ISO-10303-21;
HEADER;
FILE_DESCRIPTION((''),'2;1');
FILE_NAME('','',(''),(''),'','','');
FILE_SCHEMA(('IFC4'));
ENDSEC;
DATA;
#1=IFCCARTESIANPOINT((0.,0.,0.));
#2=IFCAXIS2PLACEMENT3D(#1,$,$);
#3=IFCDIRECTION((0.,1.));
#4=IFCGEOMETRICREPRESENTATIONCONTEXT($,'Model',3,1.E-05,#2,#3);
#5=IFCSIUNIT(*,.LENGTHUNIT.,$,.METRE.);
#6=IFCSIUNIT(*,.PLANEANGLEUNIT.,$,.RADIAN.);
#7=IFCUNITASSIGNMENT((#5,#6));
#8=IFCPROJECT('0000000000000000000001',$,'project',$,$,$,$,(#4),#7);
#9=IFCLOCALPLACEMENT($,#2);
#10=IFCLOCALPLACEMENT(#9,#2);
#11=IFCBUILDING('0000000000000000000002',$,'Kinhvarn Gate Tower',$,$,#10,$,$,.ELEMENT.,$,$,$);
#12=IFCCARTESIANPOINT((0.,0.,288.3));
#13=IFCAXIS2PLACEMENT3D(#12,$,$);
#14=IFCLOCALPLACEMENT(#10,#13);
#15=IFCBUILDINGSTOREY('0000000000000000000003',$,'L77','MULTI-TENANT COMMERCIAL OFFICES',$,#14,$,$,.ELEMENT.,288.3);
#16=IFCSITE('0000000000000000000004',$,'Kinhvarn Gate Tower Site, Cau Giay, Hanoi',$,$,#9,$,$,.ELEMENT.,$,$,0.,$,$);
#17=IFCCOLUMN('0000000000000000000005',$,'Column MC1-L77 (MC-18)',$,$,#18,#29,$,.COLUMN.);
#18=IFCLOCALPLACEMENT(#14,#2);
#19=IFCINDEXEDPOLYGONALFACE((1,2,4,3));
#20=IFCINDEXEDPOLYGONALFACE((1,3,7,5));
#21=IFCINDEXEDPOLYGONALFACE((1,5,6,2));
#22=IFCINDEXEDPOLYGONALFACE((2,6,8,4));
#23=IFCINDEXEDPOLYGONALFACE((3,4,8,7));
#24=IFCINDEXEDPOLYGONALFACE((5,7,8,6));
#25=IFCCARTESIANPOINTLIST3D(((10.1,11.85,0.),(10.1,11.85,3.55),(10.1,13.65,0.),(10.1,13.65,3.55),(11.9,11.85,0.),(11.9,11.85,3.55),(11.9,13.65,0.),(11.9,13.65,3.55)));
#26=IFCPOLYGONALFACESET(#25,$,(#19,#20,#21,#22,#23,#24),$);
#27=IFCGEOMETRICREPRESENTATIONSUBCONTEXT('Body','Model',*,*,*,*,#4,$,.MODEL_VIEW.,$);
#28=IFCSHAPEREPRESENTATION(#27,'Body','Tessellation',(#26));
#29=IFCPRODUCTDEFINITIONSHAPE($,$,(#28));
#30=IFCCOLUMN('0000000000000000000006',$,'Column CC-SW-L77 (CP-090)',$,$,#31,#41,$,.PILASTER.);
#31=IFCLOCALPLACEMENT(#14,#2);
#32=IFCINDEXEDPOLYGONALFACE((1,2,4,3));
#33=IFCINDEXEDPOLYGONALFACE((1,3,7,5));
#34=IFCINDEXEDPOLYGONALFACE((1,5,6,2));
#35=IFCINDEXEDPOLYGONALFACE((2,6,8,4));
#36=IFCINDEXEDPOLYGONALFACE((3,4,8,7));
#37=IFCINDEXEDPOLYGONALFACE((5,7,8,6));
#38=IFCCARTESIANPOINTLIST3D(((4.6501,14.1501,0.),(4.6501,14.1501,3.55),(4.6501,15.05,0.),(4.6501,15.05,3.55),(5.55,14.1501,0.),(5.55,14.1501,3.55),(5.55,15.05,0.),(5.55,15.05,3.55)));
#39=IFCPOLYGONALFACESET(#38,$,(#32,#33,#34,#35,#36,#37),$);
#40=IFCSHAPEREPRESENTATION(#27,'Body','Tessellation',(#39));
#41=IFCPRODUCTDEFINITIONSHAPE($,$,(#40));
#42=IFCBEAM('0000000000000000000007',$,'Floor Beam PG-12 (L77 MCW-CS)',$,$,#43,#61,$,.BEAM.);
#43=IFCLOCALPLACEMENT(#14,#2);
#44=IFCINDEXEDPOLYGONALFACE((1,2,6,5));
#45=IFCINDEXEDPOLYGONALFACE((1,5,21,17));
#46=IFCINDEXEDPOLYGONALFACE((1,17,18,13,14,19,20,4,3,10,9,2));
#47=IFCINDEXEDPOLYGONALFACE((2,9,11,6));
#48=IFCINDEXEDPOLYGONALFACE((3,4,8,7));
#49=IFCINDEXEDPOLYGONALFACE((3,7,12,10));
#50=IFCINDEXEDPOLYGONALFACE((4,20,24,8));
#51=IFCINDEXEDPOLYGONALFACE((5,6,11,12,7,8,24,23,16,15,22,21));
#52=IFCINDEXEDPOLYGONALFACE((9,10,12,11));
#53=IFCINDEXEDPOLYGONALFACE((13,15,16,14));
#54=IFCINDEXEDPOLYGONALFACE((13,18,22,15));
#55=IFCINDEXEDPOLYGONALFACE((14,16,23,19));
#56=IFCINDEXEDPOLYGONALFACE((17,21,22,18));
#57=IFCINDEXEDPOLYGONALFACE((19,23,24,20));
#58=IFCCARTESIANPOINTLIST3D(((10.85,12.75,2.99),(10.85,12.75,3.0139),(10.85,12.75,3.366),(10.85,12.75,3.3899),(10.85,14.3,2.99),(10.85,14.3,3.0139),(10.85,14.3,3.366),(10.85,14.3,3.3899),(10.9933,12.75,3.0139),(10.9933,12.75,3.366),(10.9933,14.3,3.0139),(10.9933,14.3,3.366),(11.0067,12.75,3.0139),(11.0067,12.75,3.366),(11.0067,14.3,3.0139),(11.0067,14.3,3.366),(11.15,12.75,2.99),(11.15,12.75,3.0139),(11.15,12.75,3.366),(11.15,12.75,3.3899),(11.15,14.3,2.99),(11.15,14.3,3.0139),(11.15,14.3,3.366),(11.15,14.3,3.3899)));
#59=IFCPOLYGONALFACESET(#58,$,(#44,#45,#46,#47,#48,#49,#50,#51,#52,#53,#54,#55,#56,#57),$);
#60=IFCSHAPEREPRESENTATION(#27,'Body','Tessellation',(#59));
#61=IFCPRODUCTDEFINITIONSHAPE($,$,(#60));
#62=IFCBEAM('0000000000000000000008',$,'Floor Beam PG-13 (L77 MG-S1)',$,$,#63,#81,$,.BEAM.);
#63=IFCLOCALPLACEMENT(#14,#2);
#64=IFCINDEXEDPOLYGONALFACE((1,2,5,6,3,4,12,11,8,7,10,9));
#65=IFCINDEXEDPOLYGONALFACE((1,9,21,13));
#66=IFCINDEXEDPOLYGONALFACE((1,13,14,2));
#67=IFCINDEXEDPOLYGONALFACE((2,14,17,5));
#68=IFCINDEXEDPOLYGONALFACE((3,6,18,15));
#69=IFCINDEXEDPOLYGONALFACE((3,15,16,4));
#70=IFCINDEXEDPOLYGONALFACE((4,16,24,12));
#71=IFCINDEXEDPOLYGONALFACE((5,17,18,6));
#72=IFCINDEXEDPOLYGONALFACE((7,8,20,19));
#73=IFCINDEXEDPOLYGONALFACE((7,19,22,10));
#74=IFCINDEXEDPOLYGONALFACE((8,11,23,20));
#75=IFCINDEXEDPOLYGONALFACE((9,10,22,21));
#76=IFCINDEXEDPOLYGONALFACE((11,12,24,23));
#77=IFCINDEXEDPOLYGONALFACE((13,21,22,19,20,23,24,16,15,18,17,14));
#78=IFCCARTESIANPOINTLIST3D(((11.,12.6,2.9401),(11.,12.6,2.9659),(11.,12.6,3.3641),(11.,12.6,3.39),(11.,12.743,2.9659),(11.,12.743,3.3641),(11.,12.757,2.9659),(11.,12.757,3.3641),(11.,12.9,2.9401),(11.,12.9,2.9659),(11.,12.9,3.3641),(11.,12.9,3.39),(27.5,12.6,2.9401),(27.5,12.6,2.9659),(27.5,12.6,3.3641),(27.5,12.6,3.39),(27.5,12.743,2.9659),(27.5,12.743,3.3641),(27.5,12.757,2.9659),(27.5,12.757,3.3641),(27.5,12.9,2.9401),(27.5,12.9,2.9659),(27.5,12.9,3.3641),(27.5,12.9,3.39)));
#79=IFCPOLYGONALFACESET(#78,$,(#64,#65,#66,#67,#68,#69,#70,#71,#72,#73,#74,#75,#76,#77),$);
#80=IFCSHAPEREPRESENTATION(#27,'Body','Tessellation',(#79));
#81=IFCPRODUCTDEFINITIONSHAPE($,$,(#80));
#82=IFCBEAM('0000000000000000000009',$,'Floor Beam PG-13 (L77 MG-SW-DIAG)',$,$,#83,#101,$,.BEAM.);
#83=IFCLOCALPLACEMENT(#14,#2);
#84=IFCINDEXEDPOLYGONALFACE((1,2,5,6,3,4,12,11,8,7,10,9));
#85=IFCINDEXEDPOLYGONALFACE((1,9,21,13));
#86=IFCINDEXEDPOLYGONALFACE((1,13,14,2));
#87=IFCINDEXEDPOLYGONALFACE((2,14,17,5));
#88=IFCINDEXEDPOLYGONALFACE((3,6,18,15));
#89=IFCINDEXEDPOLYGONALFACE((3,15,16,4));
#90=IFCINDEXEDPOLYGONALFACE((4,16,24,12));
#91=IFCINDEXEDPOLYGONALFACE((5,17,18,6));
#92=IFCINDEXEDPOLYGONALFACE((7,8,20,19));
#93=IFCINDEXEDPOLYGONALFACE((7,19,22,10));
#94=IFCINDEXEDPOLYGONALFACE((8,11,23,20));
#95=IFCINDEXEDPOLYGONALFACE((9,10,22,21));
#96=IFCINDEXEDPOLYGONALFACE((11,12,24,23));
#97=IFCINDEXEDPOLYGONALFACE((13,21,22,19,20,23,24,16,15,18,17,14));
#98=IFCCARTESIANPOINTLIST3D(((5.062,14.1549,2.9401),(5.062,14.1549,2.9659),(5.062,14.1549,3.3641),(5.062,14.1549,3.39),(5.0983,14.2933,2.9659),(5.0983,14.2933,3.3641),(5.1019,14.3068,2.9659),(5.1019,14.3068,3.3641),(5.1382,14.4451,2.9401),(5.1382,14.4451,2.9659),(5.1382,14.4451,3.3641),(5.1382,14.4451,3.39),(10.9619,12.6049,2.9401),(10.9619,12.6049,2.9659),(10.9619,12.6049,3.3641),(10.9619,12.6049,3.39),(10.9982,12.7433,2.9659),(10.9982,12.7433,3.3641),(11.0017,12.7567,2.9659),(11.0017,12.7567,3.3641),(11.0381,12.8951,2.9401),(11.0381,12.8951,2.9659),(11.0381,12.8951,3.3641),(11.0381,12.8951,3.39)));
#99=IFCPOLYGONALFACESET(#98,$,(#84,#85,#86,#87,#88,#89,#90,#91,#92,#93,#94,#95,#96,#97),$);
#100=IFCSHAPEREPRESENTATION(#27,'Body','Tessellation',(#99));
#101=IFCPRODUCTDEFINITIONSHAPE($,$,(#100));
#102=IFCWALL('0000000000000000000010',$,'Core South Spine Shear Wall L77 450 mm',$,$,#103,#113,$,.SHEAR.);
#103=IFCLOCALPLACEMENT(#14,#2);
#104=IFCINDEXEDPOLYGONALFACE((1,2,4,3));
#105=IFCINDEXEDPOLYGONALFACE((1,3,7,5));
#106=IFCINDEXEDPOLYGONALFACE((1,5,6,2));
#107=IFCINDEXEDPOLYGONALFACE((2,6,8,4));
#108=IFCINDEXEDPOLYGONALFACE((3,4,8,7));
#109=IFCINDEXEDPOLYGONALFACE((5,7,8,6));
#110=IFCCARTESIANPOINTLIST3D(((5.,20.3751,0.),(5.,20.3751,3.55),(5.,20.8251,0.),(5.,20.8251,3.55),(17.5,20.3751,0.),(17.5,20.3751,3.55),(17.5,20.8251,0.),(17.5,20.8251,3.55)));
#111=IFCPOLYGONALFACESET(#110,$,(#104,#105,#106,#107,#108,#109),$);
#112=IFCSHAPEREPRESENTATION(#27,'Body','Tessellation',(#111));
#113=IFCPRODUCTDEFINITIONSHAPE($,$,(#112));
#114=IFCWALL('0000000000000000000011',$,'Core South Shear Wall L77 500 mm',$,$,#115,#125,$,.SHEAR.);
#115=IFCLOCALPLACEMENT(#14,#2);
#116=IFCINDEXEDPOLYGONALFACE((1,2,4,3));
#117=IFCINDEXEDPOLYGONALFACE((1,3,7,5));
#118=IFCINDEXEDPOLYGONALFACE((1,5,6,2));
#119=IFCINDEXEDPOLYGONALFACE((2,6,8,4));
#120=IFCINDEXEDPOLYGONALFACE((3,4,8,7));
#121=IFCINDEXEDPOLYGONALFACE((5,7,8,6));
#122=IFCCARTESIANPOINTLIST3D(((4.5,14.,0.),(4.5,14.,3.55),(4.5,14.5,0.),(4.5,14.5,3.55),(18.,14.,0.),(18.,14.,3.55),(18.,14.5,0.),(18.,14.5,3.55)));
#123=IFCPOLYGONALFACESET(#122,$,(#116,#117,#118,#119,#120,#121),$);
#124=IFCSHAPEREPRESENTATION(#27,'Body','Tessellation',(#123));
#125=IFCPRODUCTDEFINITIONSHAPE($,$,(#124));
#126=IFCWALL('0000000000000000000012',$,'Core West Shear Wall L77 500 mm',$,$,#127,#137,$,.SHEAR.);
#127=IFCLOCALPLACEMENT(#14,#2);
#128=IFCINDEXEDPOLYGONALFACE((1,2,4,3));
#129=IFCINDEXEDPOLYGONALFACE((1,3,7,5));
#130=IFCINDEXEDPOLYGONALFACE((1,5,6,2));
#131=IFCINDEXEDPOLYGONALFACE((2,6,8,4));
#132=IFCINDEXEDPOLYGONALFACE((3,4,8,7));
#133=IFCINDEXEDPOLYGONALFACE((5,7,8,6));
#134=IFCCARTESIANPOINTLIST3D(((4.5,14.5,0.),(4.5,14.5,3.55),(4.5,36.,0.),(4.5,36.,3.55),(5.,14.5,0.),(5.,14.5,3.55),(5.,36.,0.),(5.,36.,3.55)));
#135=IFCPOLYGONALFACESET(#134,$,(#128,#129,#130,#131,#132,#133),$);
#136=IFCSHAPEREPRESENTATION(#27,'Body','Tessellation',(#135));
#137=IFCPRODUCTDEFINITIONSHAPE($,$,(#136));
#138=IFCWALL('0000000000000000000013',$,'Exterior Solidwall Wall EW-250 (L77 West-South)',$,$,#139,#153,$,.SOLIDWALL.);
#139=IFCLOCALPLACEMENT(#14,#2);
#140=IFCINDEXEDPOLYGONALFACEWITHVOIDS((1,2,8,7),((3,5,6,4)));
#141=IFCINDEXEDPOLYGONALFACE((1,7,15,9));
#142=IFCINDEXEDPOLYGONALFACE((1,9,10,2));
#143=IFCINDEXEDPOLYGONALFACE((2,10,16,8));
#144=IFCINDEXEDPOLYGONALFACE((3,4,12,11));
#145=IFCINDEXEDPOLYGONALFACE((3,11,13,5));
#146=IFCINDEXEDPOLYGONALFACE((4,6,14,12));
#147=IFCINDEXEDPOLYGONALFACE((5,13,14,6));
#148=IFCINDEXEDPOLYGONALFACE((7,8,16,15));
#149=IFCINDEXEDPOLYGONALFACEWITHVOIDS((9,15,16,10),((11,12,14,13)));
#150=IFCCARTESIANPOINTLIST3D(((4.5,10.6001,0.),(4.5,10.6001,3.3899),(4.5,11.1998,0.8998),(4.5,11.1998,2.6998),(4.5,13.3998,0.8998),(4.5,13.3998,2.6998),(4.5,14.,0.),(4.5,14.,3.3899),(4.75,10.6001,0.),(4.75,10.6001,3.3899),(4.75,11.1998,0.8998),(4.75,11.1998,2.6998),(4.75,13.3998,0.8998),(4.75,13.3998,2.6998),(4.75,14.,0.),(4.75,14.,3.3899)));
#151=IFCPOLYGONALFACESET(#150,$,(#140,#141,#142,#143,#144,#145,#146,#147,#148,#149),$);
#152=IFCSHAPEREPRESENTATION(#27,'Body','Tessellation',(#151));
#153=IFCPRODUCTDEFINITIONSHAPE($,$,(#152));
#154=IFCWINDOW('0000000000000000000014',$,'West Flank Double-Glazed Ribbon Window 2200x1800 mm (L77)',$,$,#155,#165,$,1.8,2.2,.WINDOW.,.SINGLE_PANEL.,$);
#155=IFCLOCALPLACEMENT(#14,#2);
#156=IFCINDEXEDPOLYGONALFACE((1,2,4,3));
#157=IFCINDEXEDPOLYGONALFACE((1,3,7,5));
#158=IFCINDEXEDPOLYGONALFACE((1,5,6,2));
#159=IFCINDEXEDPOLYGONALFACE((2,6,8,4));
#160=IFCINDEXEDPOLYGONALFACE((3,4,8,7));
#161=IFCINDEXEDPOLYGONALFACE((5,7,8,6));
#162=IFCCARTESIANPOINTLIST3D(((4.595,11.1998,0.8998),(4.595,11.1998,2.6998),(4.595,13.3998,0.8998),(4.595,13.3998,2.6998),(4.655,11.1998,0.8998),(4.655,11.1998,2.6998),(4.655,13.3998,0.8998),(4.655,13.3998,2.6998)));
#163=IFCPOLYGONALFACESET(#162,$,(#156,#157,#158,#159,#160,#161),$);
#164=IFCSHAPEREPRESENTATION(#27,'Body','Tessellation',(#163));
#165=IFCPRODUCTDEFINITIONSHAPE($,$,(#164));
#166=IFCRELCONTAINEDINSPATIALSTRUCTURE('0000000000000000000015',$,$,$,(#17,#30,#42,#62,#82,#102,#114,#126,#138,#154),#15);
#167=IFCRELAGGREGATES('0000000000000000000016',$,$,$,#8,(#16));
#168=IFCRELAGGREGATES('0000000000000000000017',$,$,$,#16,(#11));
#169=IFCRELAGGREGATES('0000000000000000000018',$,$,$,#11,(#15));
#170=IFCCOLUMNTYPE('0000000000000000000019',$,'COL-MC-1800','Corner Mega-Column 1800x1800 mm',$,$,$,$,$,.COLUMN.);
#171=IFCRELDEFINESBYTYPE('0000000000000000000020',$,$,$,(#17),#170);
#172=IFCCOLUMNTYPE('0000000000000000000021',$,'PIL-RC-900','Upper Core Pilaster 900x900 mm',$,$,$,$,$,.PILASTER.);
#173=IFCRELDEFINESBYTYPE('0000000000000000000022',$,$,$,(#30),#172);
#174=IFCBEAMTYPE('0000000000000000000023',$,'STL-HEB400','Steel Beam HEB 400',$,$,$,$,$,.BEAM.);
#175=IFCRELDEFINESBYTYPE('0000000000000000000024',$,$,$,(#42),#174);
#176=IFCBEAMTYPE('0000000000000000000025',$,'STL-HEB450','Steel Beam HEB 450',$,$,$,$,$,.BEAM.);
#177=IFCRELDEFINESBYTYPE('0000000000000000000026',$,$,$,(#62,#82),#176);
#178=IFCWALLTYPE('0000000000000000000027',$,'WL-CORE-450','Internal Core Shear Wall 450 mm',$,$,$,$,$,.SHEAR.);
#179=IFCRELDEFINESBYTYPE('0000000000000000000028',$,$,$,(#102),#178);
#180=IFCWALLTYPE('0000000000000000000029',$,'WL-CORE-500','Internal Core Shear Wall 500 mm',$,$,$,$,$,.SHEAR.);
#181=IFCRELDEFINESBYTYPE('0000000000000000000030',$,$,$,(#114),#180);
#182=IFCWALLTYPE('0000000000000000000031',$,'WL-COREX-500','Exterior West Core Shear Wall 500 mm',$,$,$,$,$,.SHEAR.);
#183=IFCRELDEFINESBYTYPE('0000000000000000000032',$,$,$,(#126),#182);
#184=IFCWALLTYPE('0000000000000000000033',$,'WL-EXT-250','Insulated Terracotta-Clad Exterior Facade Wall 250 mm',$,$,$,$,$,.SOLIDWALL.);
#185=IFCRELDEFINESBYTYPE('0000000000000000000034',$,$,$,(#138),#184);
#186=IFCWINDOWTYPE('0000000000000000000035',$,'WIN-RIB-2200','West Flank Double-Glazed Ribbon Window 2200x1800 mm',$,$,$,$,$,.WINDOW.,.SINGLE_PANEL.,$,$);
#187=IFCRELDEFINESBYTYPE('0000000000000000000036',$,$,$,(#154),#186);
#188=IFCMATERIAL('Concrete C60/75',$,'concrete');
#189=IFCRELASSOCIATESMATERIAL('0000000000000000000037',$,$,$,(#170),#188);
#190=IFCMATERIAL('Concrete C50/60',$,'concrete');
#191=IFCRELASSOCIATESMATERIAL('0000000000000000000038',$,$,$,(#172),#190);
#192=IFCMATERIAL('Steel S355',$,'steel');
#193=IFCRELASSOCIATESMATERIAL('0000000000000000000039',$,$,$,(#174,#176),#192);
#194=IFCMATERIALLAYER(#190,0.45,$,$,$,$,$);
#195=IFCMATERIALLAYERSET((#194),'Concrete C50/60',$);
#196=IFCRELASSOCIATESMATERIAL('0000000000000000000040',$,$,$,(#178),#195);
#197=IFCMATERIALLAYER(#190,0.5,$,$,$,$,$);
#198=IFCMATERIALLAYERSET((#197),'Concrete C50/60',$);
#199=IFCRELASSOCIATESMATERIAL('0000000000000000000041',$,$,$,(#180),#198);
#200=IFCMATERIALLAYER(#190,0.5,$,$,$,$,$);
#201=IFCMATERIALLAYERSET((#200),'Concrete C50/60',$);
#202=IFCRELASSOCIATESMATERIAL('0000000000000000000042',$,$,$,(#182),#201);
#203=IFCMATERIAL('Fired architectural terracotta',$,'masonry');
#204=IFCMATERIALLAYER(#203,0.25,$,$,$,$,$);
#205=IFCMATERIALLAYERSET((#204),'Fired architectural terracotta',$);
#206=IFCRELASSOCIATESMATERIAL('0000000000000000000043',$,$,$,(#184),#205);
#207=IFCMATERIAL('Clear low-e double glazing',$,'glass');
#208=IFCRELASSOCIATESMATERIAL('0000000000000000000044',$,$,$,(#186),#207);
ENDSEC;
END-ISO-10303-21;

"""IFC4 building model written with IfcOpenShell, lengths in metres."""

from ifc_helpers import new_model, si_unit, direction, frame, frame_2d, origin, origin_2d, place, context, subcontext, project, spatial, rectangle, i_section, extrude, material, layer, layer_set, material_profile, profile_set, type_object, element, fill, save


model = new_model("IFC4")

# Units and contexts
model_context = context("Model", 3, precision=1e-05, world=origin(), true_north=direction((0.0, 1.0)))
body_context = subcontext(model_context, "Body", "Model", "MODEL_VIEW")
ifc_project = project(units=[si_unit("LENGTHUNIT", "METRE"), si_unit("PLANEANGLEUNIT", "RADIAN")], contexts=[model_context])

# Site, building, storey
site_placement = place(None, origin())
site = spatial("IfcSite", under=ifc_project, at=site_placement, Name="Kinhvarn Gate Tower Site, Cau Giay, Hanoi", CompositionType="ELEMENT", RefElevation=0.0)
building_placement = place(site_placement, origin())
building = spatial("IfcBuilding", under=site, at=building_placement, Name="Kinhvarn Gate Tower", CompositionType="ELEMENT")
storey_placement = place(building_placement, frame((0.0, 0.0, 288.3)))
storey = spatial("IfcBuildingStorey", under=building, at=storey_placement, Name="L77", Description="MULTI-TENANT COMMERCIAL OFFICES", CompositionType="ELEMENT", Elevation=288.3)

# Columns
ifc_material_1 = material(Name="Concrete C60/75", Category="concrete")
ifc_material_profile_1 = material_profile(ifc_material_1, rectangle(XDim=1.8, YDim=1.8, at=origin_2d()), Name="RC 1800x1800")
ifc_profile_set_1 = profile_set([ifc_material_profile_1], Name="Concrete C60/75")
column_type_1 = type_object("IfcColumnType", Name="COL-MC-1800", Description="Corner Mega-Column 1800x1800 mm", PredefinedType="COLUMN", material=ifc_profile_set_1)
column_1_placement = place(storey_placement, frame((11.0, 12.75, 0.0), z_axis=(0.0, 0.0, 1.0), x_axis=(1.0, 0.0, 0.0)))
element("IfcColumn", 1, at=column_1_placement, inside=storey, type_object=column_type_1, Name="Column MC1-L77 (MC-18)", PredefinedType="COLUMN", context=body_context, shape_type="SweptSolid", body=[
    extrude(rectangle(XDim=1.8, YDim=1.8, at=origin_2d()), origin(), (0.0, 0.0, 1.0), 3.55),
])
ifc_material_2 = material(Name="Concrete C50/60", Category="concrete")
ifc_material_profile_2 = material_profile(ifc_material_2, rectangle(XDim=0.8999, YDim=0.8999, at=origin_2d()), Name="RC 900x900")
ifc_profile_set_2 = profile_set([ifc_material_profile_2], Name="Concrete C50/60")
column_type_2 = type_object("IfcColumnType", Name="PIL-RC-900", Description="Upper Core Pilaster 900x900 mm", PredefinedType="PILASTER", material=ifc_profile_set_2)
column_2_placement = place(storey_placement, frame((5.1001, 14.6001, 0.0), z_axis=(0.0, 0.0, 1.0), x_axis=(1.0, 0.0, 0.0)))
element("IfcColumn", 2, at=column_2_placement, inside=storey, type_object=column_type_2, Name="Column CC-SW-L77 (CP-090)", PredefinedType="PILASTER", context=body_context, shape_type="SweptSolid", body=[
    extrude(rectangle(XDim=0.8999, YDim=0.8999, at=origin_2d()), origin(), (0.0, 0.0, 1.0), 3.55),
])

# Beams
ifc_material_3 = material(Name="Steel S355", Category="steel")
ifc_material_profile_3 = material_profile(ifc_material_3, i_section(OverallWidth=0.3, OverallDepth=0.3999, WebThickness=0.0134, FlangeThickness=0.0239, at=origin_2d()), Name="HEB 400")
ifc_profile_set_3 = profile_set([ifc_material_profile_3], Name="Steel S355")
beam_type_1 = type_object("IfcBeamType", Name="STL-HEB400", Description="Steel Beam HEB 400", PredefinedType="BEAM", material=ifc_profile_set_3)
beam_1_placement = place(storey_placement, frame((11.0, 12.75, 3.1899), z_axis=(0.0, 1.0, 0.0), x_axis=(-1.0, 0.0, 0.0)))
element("IfcBeam", 3, at=beam_1_placement, inside=storey, type_object=beam_type_1, Name="Floor Beam PG-12 (L77 MCW-CS)", PredefinedType="BEAM", context=body_context, shape_type="SweptSolid", body=[
    extrude(i_section(OverallWidth=0.3, OverallDepth=0.3999, WebThickness=0.0134, FlangeThickness=0.0239, at=origin_2d()), origin(), (0.0, 0.0, 1.0), 1.55),
])
ifc_material_profile_4 = material_profile(ifc_material_3, i_section(OverallWidth=0.3, OverallDepth=0.45, WebThickness=0.0139, FlangeThickness=0.0259, at=origin_2d()), Name="HEB 450")
ifc_profile_set_4 = profile_set([ifc_material_profile_4], Name="Steel S355")
beam_type_2 = type_object("IfcBeamType", Name="STL-HEB450", Description="Steel Beam HEB 450", PredefinedType="BEAM", material=ifc_profile_set_4)
beam_2_placement = place(storey_placement, frame((11.0, 12.75, 3.165), z_axis=(1.0, 0.0, 0.0), x_axis=(0.0, 1.0, 0.0)))
element("IfcBeam", 4, at=beam_2_placement, inside=storey, type_object=beam_type_2, Name="Floor Beam PG-13 (L77 MG-S1)", PredefinedType="BEAM", context=body_context, shape_type="SweptSolid", body=[
    extrude(i_section(OverallWidth=0.3, OverallDepth=0.45, WebThickness=0.0139, FlangeThickness=0.0259, at=origin_2d()), origin(), (0.0, 0.0, 1.0), 16.5),
])
beam_3_placement = place(storey_placement, frame((5.1001, 14.3, 3.165), z_axis=(0.967178, -0.254101, 0.0), x_axis=(0.254101, 0.967178, 0.0)))
element("IfcBeam", 5, at=beam_3_placement, inside=storey, type_object=beam_type_2, Name="Floor Beam PG-13 (L77 MG-SW-DIAG)", PredefinedType="BEAM", context=body_context, shape_type="SweptSolid", body=[
    extrude(i_section(OverallWidth=0.3, OverallDepth=0.45, WebThickness=0.0139, FlangeThickness=0.0259, at=origin_2d()), origin(), (0.0, 0.0, 1.0), 6.1001),
])

# Walls
ifc_layer_1 = layer(ifc_material_2, 0.45)
ifc_layer_set_1 = layer_set([ifc_layer_1], Name="Concrete C50/60")
wall_type_1 = type_object("IfcWallType", Name="WL-CORE-450", Description="Internal Core Shear Wall 450 mm", PredefinedType="SHEAR", material=ifc_layer_set_1)
wall_1_placement = place(storey_placement, frame((5.0, 20.6001, 0.0), z_axis=(0.0, 0.0, 1.0), x_axis=(1.0, 0.0, 0.0)))
element("IfcWall", 6, at=wall_1_placement, inside=storey, type_object=wall_type_1, Name="Core South Spine Shear Wall L77 450 mm", PredefinedType="SHEAR", context=body_context, shape_type="SweptSolid", body=[
    extrude(rectangle(XDim=12.5, YDim=0.45, at=frame_2d((6.25, 0.0))), origin(), (0.0, 0.0, 1.0), 3.55),
])
ifc_layer_2 = layer(ifc_material_2, 0.5)
ifc_layer_set_2 = layer_set([ifc_layer_2], Name="Concrete C50/60")
wall_type_2 = type_object("IfcWallType", Name="WL-CORE-500", Description="Internal Core Shear Wall 500 mm", PredefinedType="SHEAR", material=ifc_layer_set_2)
wall_2_placement = place(storey_placement, frame((4.5, 14.25, 0.0), z_axis=(0.0, 0.0, 1.0), x_axis=(1.0, 0.0, 0.0)))
element("IfcWall", 7, at=wall_2_placement, inside=storey, type_object=wall_type_2, Name="Core South Shear Wall L77 500 mm", PredefinedType="SHEAR", context=body_context, shape_type="SweptSolid", body=[
    extrude(rectangle(XDim=13.5, YDim=0.5, at=frame_2d((6.75, 0.0))), origin(), (0.0, 0.0, 1.0), 3.55),
])
ifc_layer_3 = layer(ifc_material_2, 0.5)
ifc_layer_set_3 = layer_set([ifc_layer_3], Name="Concrete C50/60")
wall_type_3 = type_object("IfcWallType", Name="WL-COREX-500", Description="Exterior West Core Shear Wall 500 mm", PredefinedType="SHEAR", material=ifc_layer_set_3)
wall_3_placement = place(storey_placement, frame((4.75, 14.5, 0.0), z_axis=(0.0, 0.0, 1.0), x_axis=(0.0, 1.0, 0.0)))
element("IfcWall", 8, at=wall_3_placement, inside=storey, type_object=wall_type_3, Name="Core West Shear Wall L77 500 mm", PredefinedType="SHEAR", context=body_context, shape_type="SweptSolid", body=[
    extrude(rectangle(XDim=21.5, YDim=0.5, at=frame_2d((10.75, 0.0))), origin(), (0.0, 0.0, 1.0), 3.55),
])

# Wall, opening, window
ifc_material_4 = material(Name="Fired architectural terracotta", Category="masonry")
ifc_layer_4 = layer(ifc_material_4, 0.25)
ifc_layer_set_4 = layer_set([ifc_layer_4], Name="Fired architectural terracotta")
wall_type_4 = type_object("IfcWallType", Name="WL-EXT-250", Description="Insulated Terracotta-Clad Exterior Facade Wall 250 mm", PredefinedType="SOLIDWALL", material=ifc_layer_set_4)
wall_4_placement = place(storey_placement, frame((4.625, 14.0, 0.0), z_axis=(0.0, 0.0, 1.0), x_axis=(0.0, -1.0, 0.0)))
wall_4 = element("IfcWall", 9, at=wall_4_placement, inside=storey, type_object=wall_type_4, Name="Exterior Solidwall Wall EW-250 (L77 West-South)", PredefinedType="SOLIDWALL", context=body_context, shape_type="SweptSolid", body=[
    extrude(rectangle(XDim=3.3999, YDim=0.25, at=frame_2d((1.7, 0.0))), origin(), (0.0, 0.0, 1.0), 3.3899),
])
opening_1_placement = place(wall_4_placement, frame((0.6001, 0.0, 0.8999)))
opening_1 = element("IfcOpeningElement", 10, at=opening_1_placement, cuts=wall_4, PredefinedType="OPENING", context=body_context, shape_type="SweptSolid", body=[
    extrude(rectangle(XDim=2.2, YDim=1.8, at=frame_2d((1.1001, 0.8999))), frame((0.0, 0.135, 0.0), z_axis=(0.0, -1.0, 0.0), x_axis=(1.0, 0.0, 0.0)), (0.0, 0.0, 1.0), 0.27),
])
ifc_material_5 = material(Name="Clear low-e double glazing", Category="glass")
window_type_1 = type_object("IfcWindowType", Name="WIN-RIB-2200", Description="West Flank Double-Glazed Ribbon Window 2200x1800 mm", PartitioningType="SINGLE_PANEL", PredefinedType="WINDOW", material=ifc_material_5)
window_1_placement = place(opening_1_placement, origin())
window_1 = element("IfcWindow", 11, at=window_1_placement, inside=storey, type_object=window_type_1, Name="West Flank Double-Glazed Ribbon Window 2200x1800 mm (L77)", OverallHeight=1.8, OverallWidth=2.2, PartitioningType="SINGLE_PANEL", PredefinedType="WINDOW", context=body_context, shape_type="SweptSolid", body=[
    extrude(rectangle(XDim=2.2, YDim=1.8, at=frame_2d((1.1001, 0.8999))), frame((0.0, 0.03, 0.0), z_axis=(0.0, -1.0, 0.0), x_axis=(1.0, 0.0, 0.0)), (0.0, 0.0, 1.0), 0.0601),
])
fill(opening_1, window_1)

save(model, "model.ifc")
